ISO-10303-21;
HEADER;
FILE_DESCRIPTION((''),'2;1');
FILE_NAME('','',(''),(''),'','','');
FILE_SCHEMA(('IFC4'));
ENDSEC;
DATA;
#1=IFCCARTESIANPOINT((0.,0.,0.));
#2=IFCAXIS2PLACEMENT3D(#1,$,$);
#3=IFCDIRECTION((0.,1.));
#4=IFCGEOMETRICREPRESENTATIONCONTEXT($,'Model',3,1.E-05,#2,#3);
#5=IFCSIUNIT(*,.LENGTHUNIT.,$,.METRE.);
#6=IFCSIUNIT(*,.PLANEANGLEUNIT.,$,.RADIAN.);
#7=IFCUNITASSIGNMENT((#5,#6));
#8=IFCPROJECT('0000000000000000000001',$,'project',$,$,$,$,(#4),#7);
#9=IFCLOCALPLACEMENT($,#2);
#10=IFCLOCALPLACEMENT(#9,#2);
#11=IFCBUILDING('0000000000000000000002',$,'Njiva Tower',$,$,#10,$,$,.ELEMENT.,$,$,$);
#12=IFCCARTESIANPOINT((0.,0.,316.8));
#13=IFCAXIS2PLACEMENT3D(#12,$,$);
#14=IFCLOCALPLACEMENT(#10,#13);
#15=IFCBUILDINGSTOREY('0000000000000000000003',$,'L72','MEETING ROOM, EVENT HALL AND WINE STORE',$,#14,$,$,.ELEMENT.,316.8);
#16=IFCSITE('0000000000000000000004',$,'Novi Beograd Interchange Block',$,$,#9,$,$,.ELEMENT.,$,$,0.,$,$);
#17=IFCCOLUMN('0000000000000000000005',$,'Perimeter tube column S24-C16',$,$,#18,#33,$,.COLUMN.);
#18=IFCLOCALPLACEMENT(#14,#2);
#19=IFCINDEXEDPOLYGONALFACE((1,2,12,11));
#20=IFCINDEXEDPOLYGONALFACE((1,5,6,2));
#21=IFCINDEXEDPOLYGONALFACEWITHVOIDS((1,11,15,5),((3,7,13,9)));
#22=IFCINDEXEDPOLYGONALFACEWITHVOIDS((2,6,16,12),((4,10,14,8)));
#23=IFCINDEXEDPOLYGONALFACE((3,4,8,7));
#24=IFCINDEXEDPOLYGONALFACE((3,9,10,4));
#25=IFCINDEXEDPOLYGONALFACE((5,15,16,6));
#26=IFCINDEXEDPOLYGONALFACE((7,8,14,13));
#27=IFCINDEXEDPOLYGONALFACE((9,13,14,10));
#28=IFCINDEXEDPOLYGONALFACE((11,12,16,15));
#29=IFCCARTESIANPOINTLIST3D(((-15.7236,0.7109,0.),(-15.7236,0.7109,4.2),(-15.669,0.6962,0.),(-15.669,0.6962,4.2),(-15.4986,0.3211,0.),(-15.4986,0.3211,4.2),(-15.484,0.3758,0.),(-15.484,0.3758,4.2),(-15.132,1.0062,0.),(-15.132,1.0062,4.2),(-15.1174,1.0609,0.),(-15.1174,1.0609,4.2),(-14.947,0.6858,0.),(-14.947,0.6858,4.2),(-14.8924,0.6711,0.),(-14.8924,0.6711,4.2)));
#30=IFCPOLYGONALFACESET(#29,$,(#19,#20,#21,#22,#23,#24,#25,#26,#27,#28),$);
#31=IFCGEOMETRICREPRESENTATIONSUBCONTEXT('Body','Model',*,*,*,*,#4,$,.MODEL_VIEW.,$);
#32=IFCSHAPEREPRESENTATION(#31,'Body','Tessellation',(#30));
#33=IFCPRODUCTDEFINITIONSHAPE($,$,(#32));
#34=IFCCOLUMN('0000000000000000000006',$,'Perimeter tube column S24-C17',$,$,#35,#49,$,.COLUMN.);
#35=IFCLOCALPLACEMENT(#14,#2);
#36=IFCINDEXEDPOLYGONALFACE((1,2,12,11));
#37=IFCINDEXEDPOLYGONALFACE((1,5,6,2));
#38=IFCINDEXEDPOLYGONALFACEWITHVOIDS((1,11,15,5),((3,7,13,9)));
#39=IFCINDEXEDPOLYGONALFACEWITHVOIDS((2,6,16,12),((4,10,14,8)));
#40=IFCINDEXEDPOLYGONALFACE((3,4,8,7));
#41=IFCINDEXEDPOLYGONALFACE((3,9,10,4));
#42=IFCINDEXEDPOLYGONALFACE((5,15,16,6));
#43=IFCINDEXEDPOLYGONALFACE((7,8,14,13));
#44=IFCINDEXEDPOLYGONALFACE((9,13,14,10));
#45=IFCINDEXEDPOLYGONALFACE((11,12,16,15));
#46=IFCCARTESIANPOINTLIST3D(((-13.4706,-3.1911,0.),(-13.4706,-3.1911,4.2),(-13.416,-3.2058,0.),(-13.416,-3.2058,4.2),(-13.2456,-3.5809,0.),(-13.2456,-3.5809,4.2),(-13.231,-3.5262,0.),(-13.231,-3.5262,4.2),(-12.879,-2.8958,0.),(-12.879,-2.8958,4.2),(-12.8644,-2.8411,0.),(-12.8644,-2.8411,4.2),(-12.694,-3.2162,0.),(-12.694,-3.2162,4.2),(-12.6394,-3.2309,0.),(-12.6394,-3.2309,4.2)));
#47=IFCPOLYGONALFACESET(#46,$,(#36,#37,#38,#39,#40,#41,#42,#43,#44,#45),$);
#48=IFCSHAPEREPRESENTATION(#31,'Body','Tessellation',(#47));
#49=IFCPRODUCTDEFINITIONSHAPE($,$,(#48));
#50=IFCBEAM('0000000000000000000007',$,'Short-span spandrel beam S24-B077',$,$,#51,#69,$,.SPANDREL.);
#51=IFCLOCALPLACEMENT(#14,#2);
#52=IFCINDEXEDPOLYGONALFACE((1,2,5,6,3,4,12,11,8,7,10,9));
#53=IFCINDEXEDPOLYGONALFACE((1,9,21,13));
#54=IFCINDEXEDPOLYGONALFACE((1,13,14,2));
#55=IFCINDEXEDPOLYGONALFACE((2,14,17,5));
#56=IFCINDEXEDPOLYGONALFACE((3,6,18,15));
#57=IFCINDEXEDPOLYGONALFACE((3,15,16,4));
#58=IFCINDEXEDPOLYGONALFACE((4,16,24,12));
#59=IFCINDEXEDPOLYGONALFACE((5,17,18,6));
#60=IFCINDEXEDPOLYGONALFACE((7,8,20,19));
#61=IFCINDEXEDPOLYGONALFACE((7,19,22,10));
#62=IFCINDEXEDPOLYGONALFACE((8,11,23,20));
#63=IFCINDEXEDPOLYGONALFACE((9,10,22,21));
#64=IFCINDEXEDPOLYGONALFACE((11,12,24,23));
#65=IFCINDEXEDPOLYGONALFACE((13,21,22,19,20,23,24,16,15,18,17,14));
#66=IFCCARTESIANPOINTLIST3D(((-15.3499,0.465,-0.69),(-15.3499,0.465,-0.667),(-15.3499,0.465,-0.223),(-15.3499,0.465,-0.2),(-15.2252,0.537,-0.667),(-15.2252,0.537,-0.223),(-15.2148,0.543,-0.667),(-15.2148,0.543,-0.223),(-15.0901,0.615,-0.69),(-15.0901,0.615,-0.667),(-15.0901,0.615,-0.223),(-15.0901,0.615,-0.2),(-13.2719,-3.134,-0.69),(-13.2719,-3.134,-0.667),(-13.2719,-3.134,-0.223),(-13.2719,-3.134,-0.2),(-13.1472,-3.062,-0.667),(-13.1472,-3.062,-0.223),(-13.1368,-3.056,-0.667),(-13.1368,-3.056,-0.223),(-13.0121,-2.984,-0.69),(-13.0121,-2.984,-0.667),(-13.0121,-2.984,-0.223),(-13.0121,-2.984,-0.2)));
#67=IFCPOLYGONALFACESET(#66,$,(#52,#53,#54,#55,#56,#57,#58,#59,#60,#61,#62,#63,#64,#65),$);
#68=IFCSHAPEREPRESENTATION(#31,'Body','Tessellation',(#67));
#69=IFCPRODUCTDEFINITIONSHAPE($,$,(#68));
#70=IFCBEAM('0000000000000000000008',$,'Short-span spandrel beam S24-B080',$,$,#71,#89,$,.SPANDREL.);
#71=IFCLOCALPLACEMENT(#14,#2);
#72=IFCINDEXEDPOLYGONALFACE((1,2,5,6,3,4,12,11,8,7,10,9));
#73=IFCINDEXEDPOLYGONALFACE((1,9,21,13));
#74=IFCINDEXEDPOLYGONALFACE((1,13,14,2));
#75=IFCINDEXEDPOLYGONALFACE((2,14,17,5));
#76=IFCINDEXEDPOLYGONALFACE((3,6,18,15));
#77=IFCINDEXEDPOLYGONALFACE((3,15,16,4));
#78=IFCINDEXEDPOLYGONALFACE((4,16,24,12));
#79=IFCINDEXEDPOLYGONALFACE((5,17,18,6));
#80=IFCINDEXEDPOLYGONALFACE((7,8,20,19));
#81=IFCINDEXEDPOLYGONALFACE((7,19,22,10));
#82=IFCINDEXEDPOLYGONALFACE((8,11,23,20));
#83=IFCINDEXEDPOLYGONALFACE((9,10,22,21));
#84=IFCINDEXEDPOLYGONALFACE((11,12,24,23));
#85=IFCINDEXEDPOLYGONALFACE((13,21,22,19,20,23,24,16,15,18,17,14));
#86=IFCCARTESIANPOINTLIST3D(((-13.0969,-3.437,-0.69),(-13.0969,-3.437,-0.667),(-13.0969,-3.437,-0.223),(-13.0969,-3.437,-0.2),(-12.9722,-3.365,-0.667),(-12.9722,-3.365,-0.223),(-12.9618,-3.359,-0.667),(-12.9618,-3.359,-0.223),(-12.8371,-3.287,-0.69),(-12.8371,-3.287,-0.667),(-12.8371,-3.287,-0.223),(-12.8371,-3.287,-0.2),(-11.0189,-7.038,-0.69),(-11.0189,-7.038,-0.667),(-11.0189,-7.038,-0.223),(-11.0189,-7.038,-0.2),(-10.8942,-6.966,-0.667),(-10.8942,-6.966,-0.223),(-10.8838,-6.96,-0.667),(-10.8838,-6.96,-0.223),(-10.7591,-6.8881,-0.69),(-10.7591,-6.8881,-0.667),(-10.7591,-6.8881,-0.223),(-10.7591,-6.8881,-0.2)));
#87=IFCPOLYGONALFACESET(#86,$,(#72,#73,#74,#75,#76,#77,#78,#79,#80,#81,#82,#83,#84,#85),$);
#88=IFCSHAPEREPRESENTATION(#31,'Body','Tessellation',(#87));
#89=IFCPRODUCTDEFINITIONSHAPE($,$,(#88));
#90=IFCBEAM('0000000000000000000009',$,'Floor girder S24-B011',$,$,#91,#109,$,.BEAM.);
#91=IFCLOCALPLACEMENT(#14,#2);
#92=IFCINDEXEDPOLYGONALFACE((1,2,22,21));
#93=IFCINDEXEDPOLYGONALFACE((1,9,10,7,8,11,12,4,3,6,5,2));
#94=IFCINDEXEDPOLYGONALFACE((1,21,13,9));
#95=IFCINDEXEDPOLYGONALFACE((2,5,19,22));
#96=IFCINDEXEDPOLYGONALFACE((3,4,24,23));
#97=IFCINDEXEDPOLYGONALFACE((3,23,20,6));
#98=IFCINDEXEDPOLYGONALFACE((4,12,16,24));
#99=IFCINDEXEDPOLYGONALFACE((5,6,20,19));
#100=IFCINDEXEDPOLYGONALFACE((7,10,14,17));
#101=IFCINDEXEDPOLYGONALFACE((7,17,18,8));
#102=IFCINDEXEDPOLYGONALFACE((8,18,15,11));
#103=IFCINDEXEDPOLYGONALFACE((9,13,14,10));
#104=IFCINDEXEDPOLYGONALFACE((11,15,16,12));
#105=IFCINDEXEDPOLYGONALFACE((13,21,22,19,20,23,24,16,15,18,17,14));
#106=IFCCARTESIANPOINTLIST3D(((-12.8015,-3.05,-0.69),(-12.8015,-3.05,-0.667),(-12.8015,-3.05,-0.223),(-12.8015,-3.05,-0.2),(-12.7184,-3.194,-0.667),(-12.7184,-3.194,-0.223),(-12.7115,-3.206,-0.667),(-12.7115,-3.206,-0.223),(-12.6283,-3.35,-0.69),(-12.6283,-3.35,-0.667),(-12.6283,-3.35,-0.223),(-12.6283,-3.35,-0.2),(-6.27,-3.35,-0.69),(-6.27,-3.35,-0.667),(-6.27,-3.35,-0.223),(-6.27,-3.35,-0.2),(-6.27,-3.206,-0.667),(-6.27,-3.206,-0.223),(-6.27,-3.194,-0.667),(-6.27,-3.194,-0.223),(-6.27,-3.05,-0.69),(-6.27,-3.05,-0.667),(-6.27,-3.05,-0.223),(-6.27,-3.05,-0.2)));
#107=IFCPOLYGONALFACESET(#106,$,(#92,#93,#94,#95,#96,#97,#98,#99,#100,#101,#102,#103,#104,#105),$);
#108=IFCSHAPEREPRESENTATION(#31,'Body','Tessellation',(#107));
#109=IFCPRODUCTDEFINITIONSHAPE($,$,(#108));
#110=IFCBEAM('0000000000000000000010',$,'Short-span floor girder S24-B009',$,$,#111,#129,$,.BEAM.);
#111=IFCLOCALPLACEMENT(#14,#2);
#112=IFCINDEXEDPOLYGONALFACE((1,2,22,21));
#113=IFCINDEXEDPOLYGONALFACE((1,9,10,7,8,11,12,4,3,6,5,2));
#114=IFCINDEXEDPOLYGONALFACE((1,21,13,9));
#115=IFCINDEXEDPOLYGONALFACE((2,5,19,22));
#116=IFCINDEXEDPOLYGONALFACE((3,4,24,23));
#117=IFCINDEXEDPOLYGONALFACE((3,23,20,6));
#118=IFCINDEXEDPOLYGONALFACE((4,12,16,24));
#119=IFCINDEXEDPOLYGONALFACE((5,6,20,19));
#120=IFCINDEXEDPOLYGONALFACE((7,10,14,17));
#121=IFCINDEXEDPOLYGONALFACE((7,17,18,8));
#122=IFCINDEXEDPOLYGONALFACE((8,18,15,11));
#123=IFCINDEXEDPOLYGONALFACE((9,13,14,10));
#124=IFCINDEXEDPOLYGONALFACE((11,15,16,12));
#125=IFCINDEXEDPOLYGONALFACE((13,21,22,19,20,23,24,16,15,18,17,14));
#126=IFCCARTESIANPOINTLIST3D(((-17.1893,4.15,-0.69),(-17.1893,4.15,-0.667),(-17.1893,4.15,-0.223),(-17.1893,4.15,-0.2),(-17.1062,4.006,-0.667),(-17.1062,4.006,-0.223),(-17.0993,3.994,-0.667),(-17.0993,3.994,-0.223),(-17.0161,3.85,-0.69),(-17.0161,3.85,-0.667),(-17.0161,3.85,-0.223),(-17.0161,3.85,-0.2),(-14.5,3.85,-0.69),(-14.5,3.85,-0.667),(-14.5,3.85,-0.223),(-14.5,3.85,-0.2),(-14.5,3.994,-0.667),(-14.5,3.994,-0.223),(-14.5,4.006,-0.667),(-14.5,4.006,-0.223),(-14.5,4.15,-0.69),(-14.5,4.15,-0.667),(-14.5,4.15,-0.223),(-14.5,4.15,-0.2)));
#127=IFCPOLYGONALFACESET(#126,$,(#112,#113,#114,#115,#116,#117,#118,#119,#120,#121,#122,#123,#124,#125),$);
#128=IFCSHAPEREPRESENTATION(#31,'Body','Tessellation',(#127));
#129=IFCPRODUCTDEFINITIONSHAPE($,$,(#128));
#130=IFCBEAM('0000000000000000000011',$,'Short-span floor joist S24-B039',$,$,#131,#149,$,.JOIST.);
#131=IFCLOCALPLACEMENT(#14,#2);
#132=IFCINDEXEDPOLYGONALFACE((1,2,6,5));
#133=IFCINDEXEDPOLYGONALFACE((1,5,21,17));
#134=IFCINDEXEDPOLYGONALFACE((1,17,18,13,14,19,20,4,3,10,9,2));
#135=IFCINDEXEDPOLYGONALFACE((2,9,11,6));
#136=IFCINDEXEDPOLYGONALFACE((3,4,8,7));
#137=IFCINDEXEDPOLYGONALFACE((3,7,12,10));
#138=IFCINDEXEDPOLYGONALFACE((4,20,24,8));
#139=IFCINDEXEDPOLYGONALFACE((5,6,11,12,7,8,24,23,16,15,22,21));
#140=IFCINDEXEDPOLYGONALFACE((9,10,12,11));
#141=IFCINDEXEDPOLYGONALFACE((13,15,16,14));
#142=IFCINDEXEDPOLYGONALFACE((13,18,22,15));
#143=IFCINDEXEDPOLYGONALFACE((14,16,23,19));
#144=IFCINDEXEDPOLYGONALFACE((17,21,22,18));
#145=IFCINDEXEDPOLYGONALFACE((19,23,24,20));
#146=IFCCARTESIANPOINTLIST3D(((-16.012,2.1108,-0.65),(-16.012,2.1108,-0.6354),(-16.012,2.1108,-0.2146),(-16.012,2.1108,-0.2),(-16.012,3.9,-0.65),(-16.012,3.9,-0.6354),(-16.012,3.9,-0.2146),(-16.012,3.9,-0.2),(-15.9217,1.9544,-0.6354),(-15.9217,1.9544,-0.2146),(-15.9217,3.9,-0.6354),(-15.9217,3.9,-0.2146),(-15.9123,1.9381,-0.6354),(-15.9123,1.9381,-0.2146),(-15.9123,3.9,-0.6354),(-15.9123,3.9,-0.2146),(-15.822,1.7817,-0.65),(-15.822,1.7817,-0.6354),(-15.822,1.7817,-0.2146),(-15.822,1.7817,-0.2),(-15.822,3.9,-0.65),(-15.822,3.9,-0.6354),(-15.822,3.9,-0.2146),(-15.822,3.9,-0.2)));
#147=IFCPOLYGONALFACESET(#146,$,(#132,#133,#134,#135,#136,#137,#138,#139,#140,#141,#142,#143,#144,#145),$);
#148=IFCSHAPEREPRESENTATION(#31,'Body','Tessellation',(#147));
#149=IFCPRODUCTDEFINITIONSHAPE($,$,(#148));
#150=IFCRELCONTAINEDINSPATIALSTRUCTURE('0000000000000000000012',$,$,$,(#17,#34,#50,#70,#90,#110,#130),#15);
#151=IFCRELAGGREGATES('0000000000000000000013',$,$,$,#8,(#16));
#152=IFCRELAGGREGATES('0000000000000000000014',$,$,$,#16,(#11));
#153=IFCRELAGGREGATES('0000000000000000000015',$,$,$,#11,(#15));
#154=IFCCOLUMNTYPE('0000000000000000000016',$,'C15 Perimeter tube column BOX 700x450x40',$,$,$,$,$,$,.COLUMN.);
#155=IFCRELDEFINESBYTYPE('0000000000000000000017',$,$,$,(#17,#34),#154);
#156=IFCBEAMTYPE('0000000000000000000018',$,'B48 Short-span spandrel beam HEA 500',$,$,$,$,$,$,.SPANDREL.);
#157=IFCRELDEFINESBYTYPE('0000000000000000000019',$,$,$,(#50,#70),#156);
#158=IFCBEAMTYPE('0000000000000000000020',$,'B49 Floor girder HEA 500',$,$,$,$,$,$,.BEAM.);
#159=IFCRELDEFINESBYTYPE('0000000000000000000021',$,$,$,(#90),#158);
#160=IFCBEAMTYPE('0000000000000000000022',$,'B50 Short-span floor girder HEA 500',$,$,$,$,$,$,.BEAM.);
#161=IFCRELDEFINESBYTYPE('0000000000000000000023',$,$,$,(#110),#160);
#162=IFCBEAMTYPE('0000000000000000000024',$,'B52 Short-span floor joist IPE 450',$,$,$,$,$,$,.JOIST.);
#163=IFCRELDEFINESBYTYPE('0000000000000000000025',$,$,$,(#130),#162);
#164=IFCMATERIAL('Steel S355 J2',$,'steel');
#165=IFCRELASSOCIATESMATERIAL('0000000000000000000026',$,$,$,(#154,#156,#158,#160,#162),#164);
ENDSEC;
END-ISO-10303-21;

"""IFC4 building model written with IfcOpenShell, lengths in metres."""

from ifc_helpers import new_model, si_unit, direction, frame, origin, origin_2d, place, context, subcontext, project, spatial, hollow_rectangle, i_section, extrude, clip, halfspace, material, material_profile, profile_set, type_object, element, save


model = new_model("IFC4")

# Units and contexts
model_context = context("Model", 3, precision=1e-05, world=origin(), true_north=direction((0.0, 1.0)))
body_context = subcontext(model_context, "Body", "Model", "MODEL_VIEW")
ifc_project = project(units=[si_unit("LENGTHUNIT", "METRE"), si_unit("PLANEANGLEUNIT", "RADIAN")], contexts=[model_context])

# Site, building, storey
site_placement = place(None, origin())
site = spatial("IfcSite", under=ifc_project, at=site_placement, Name="Novi Beograd Interchange Block", CompositionType="ELEMENT", RefElevation=0.0)
building_placement = place(site_placement, origin())
building = spatial("IfcBuilding", under=site, at=building_placement, Name="Njiva Tower", CompositionType="ELEMENT")
storey_placement = place(building_placement, frame((0.0, 0.0, 316.8)))
storey = spatial("IfcBuildingStorey", under=building, at=storey_placement, Name="L72", Description="MEETING ROOM, EVENT HALL AND WINE STORE", CompositionType="ELEMENT", Elevation=316.8)

# Columns
ifc_material_1 = material(Name="Steel S355 J2", Category="steel")
ifc_material_profile_1 = material_profile(ifc_material_1, hollow_rectangle(XDim=0.45, YDim=0.7, WallThickness=0.04, at=origin_2d()), Name="BOX 700x450x40")
ifc_profile_set_1 = profile_set([ifc_material_profile_1], Name="Steel S355 J2")
column_type = type_object("IfcColumnType", Name="C15 Perimeter tube column BOX 700x450x40", PredefinedType="COLUMN", material=ifc_profile_set_1)
for number, where, z_axis, x_axis, name in (
    (1, (-15.308, 0.691, 0.0), (0.0, 0.0, 1.0), (0.5, -0.866025, 0.0), "Perimeter tube column S24-C16"),
    (2, (-13.055, -3.211, 0.0), (0.0, 0.0, 1.0), (0.5, -0.866025, 0.0), "Perimeter tube column S24-C17"),
):
    element("IfcColumn", number, at=place(storey_placement, frame(where, z_axis=z_axis, x_axis=x_axis)), inside=storey, type_object=column_type, Name=name, PredefinedType="COLUMN", context=body_context, shape_type="SweptSolid", body=[
        extrude(hollow_rectangle(XDim=0.45, YDim=0.7, WallThickness=0.04, at=origin_2d()), origin(), (0.0, 0.0, 1.0), 4.2),
    ])

# Beams
ifc_material_profile_2 = material_profile(ifc_material_1, i_section(OverallWidth=0.3, OverallDepth=0.49, WebThickness=0.012, FlangeThickness=0.023, at=origin_2d()), Name="HEA 500")
ifc_profile_set_2 = profile_set([ifc_material_profile_2], Name="Steel S355 J2")
beam_type_1 = type_object("IfcBeamType", Name="B48 Short-span spandrel beam HEA 500", PredefinedType="SPANDREL", material=ifc_profile_set_2)
beam_1_placement = place(storey_placement, frame((-15.22, 0.54, -0.445), z_axis=(0.500021, -0.866013, 0.0), x_axis=(0.866013, 0.500021, 0.0)))
element("IfcBeam", 3, at=beam_1_placement, inside=storey, type_object=beam_type_1, Name="Short-span spandrel beam S24-B077", PredefinedType="SPANDREL", context=body_context, shape_type="SweptSolid", body=[
    extrude(i_section(OverallWidth=0.3, OverallDepth=0.49, WebThickness=0.012, FlangeThickness=0.023, at=origin_2d()), origin(), (0.0, 0.0, 1.0), 4.1558),
])
beam_2_placement = place(storey_placement, frame((-12.967, -3.362, -0.445), z_axis=(0.499813, -0.866134, 0.0), x_axis=(0.866134, 0.499813, 0.0)))
element("IfcBeam", 4, at=beam_2_placement, inside=storey, type_object=beam_type_1, Name="Short-span spandrel beam S24-B080", PredefinedType="SPANDREL", context=body_context, shape_type="SweptSolid", body=[
    extrude(i_section(OverallWidth=0.3, OverallDepth=0.49, WebThickness=0.012, FlangeThickness=0.023, at=origin_2d()), origin(), (0.0, 0.0, 1.0), 4.1576),
])
ifc_material_profile_3 = material_profile(ifc_material_1, i_section(OverallWidth=0.3, OverallDepth=0.49, WebThickness=0.012, FlangeThickness=0.023, at=origin_2d()), Name="HEA 500")
ifc_profile_set_3 = profile_set([ifc_material_profile_3], Name="Steel S355 J2")
beam_type_2 = type_object("IfcBeamType", Name="B49 Floor girder HEA 500", PredefinedType="BEAM", material=ifc_profile_set_3)
beam_3_placement = place(storey_placement, frame((-12.822, -3.2, -0.445), z_axis=(1.0, 0.0, 0.0), x_axis=(0.0, 1.0, 0.0)))
element("IfcBeam", 5, at=beam_3_placement, inside=storey, type_object=beam_type_2, Name="Floor girder S24-B011", PredefinedType="BEAM", context=body_context, shape_type="Clipping", body=[
    clip(extrude(i_section(OverallWidth=0.3, OverallDepth=0.49, WebThickness=0.012, FlangeThickness=0.023, at=origin_2d()), origin(), (0.0, 0.0, 1.0), 6.552), halfspace(frame((-0.025, 0.0, 0.1215), z_axis=(-0.499998, 0.0, -0.866027), x_axis=(0.0, -1.0, 0.0)), False)),
])
ifc_material_profile_4 = material_profile(ifc_material_1, i_section(OverallWidth=0.3, OverallDepth=0.49, WebThickness=0.012, FlangeThickness=0.023, at=origin_2d()), Name="HEA 500")
ifc_profile_set_4 = profile_set([ifc_material_profile_4], Name="Steel S355 J2")
beam_type_3 = type_object("IfcBeamType", Name="B50 Short-span floor girder HEA 500", PredefinedType="BEAM", material=ifc_profile_set_4)
beam_4_placement = place(storey_placement, frame((-17.21, 4.0, -0.445), z_axis=(1.0, 0.0, 0.0), x_axis=(0.0, 1.0, 0.0)))
element("IfcBeam", 6, at=beam_4_placement, inside=storey, type_object=beam_type_3, Name="Short-span floor girder S24-B009", PredefinedType="BEAM", context=body_context, shape_type="Clipping", body=[
    clip(extrude(i_section(OverallWidth=0.3, OverallDepth=0.49, WebThickness=0.012, FlangeThickness=0.023, at=origin_2d()), origin(), (0.0, 0.0, 1.0), 2.71), halfspace(frame((-0.025, 0.0, 0.1217), z_axis=(-0.499998, 0.0, -0.866027), x_axis=(0.0, -1.0, 0.0)), False)),
])
ifc_material_profile_5 = material_profile(ifc_material_1, i_section(OverallWidth=0.19, OverallDepth=0.45, WebThickness=0.0094, FlangeThickness=0.0146, at=origin_2d()), Name="IPE 450")
ifc_profile_set_5 = profile_set([ifc_material_profile_5], Name="Steel S355 J2")
beam_type_4 = type_object("IfcBeamType", Name="B52 Short-span floor joist IPE 450", PredefinedType="JOIST", material=ifc_profile_set_5)
beam_5_placement = place(storey_placement, frame((-15.917, 3.9, -0.425), z_axis=(0.0, -1.0, 0.0), x_axis=(1.0, 0.0, 0.0)))
element("IfcBeam", 7, at=beam_5_placement, inside=storey, type_object=beam_type_4, Name="Short-span floor joist S24-B039", PredefinedType="JOIST", context=body_context, shape_type="Clipping", body=[
    clip(extrude(i_section(OverallWidth=0.19, OverallDepth=0.45, WebThickness=0.0094, FlangeThickness=0.0146, at=origin_2d()), origin(), (0.0, 0.0, 1.0), 2.139), halfspace(frame((-0.043, 0.0, 1.8793), z_axis=(-0.866027, 0.0, 0.499998), x_axis=(0.0, 1.0, 0.0)), False)),
])

save(model, "model.ifc")
